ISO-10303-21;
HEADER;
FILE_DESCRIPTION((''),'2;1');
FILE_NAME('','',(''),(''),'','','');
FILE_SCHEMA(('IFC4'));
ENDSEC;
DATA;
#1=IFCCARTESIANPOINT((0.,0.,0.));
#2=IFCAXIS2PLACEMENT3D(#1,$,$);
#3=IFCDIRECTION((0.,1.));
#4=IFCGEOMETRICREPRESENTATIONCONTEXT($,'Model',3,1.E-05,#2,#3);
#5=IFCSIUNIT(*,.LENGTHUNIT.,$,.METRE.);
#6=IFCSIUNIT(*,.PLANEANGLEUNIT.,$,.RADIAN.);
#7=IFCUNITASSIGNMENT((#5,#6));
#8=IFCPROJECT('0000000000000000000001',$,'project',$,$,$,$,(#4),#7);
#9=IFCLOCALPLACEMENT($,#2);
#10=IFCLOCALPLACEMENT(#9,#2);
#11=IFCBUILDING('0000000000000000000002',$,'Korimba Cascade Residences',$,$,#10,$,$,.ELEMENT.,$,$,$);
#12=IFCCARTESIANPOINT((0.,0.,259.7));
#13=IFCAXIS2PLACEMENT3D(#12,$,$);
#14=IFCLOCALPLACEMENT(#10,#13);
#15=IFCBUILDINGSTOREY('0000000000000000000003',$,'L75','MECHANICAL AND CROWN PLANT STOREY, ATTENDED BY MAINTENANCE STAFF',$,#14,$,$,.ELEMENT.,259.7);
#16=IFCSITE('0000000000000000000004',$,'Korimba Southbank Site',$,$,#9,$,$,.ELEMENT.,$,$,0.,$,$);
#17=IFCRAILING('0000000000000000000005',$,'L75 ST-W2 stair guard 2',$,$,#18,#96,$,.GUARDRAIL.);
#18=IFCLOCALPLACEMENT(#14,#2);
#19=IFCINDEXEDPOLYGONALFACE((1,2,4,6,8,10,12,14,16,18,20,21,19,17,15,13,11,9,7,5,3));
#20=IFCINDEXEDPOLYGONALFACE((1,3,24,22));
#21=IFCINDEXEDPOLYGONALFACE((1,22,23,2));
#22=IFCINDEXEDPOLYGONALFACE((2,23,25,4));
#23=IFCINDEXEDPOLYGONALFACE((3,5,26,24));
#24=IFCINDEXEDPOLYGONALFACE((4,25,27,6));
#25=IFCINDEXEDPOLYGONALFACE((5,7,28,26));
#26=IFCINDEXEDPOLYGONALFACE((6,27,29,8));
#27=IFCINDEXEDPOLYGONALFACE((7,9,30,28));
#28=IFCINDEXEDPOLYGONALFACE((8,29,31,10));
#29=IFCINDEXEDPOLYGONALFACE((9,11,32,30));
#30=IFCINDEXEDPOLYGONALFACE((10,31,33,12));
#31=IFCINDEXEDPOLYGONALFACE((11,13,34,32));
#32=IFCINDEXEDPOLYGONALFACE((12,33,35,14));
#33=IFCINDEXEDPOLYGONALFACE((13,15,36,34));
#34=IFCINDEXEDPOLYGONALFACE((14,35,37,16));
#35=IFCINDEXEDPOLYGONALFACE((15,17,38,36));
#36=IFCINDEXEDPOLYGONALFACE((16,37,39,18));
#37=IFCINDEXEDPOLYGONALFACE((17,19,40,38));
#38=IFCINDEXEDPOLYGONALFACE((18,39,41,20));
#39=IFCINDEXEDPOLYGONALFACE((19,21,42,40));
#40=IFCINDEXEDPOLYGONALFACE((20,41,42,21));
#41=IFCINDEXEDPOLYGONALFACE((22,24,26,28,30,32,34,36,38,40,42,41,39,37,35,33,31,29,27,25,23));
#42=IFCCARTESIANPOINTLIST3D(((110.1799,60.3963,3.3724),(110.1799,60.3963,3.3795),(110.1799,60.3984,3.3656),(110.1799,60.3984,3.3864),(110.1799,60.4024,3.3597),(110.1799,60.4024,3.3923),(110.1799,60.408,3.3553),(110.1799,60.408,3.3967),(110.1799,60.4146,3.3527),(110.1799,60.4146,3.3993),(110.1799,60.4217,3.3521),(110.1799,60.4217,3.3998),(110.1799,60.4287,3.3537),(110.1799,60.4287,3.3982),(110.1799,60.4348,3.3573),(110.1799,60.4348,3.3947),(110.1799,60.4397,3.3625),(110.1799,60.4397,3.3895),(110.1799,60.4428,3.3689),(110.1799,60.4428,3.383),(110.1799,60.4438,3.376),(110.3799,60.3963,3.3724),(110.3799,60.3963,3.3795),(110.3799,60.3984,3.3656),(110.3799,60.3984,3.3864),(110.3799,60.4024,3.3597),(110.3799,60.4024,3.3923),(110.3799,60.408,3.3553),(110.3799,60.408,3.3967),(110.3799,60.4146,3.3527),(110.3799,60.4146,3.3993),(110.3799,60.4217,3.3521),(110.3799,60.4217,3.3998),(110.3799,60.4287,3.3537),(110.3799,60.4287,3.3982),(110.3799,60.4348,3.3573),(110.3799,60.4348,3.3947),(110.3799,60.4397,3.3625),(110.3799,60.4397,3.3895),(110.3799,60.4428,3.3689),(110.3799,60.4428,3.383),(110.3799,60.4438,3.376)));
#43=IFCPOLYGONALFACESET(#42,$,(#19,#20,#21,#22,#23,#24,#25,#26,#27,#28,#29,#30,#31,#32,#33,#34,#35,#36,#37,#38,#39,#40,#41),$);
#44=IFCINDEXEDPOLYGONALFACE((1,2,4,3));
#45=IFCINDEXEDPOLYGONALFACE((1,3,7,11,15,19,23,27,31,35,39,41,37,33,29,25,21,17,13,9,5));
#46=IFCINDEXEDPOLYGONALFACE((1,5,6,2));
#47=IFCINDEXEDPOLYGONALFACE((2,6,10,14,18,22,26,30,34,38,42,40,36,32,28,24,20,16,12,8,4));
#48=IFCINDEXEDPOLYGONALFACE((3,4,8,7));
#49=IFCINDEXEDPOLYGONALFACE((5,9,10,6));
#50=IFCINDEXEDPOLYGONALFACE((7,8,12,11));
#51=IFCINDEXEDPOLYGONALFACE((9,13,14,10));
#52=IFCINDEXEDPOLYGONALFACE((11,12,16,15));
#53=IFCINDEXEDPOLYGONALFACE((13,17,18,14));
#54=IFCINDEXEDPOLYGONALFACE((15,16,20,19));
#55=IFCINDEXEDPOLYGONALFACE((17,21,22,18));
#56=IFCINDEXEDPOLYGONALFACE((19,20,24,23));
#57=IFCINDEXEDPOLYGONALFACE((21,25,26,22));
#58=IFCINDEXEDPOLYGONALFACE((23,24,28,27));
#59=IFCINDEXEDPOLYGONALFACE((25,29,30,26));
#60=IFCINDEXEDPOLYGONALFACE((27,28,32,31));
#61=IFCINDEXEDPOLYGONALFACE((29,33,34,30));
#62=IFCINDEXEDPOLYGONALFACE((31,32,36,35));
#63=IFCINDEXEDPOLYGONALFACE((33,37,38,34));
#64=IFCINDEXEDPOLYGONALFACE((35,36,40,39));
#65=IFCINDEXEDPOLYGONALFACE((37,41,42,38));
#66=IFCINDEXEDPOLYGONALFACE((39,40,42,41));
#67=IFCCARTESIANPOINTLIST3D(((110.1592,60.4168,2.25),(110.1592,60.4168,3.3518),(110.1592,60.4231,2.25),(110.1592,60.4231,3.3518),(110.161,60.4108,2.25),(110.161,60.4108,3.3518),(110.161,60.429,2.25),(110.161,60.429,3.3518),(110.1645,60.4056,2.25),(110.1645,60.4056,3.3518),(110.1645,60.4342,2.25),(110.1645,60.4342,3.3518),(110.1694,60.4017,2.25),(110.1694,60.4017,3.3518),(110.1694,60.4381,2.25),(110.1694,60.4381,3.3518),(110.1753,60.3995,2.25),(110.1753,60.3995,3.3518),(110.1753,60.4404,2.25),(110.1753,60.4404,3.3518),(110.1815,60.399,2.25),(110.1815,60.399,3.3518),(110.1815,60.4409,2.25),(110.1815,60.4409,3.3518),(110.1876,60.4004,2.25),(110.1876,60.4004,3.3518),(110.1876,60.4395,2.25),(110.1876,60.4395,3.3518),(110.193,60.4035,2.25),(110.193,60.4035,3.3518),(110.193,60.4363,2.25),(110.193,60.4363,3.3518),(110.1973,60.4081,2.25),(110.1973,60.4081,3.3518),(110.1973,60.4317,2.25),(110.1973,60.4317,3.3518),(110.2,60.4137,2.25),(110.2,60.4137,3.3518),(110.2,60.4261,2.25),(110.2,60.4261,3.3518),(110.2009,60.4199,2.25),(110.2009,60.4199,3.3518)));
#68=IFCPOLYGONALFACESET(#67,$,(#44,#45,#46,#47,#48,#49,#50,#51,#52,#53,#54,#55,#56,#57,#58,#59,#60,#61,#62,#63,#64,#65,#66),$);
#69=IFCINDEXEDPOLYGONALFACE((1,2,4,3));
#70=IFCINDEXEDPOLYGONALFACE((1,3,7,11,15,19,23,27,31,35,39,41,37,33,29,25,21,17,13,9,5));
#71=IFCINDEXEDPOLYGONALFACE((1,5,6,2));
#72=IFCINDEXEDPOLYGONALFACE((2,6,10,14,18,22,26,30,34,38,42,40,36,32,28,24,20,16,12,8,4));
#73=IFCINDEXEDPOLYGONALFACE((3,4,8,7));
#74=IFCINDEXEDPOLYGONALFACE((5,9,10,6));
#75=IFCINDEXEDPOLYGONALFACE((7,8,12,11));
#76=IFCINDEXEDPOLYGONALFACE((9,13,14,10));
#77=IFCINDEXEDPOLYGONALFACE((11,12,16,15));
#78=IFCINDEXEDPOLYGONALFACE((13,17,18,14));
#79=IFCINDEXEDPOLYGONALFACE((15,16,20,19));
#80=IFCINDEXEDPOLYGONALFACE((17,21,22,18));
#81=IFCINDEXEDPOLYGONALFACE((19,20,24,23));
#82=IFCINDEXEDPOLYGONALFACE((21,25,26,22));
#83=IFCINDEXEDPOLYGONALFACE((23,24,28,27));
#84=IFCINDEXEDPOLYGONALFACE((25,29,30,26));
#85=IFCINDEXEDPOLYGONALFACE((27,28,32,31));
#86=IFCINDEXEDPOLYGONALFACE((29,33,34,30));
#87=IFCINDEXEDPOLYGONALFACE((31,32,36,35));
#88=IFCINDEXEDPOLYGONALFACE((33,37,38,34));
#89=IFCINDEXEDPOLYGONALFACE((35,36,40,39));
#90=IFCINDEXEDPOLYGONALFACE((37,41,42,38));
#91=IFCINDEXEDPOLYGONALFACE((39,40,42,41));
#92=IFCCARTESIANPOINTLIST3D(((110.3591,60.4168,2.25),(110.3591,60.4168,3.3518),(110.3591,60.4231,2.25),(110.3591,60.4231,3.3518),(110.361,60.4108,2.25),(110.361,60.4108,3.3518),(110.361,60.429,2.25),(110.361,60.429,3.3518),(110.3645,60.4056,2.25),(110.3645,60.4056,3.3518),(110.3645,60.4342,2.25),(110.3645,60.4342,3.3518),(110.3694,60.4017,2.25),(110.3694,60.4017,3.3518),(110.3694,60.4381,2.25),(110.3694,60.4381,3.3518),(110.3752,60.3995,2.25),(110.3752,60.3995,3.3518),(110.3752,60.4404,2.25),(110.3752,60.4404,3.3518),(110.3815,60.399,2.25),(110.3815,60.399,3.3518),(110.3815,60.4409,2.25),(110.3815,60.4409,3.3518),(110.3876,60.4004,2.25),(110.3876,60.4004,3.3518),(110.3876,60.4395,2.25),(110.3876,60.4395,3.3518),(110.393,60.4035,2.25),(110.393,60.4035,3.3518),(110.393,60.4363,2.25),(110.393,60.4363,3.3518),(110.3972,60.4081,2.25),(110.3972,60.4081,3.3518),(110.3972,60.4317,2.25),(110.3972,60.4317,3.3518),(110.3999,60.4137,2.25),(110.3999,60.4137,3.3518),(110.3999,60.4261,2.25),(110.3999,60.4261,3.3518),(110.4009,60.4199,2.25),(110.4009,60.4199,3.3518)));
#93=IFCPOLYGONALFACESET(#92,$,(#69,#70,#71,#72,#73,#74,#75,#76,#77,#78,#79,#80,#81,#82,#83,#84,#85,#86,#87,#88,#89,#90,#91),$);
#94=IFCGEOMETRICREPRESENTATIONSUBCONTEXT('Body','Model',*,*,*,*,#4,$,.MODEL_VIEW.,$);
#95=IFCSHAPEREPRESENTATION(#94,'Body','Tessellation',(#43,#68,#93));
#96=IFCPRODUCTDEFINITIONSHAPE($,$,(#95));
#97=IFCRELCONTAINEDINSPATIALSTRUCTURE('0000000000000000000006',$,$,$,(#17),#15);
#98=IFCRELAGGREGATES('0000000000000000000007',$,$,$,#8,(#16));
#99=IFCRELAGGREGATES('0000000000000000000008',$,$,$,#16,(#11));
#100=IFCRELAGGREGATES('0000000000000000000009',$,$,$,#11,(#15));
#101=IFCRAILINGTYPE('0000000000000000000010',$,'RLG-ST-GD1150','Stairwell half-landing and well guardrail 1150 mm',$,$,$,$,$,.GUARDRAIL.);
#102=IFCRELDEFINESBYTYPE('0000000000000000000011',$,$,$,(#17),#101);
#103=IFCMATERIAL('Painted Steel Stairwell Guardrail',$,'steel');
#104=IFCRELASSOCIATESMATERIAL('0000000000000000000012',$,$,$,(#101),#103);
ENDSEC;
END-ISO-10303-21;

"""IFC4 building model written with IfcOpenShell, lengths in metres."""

from ifc_helpers import new_model, si_unit, direction, frame, origin, origin_2d, place, context, subcontext, project, spatial, circle, extrude, material, type_object, element, save


model = new_model("IFC4")

# Units and contexts
model_context = context("Model", 3, precision=1e-05, world=origin(), true_north=direction((0.0, 1.0)))
body_context = subcontext(model_context, "Body", "Model", "MODEL_VIEW")
ifc_project = project(units=[si_unit("LENGTHUNIT", "METRE"), si_unit("PLANEANGLEUNIT", "RADIAN")], contexts=[model_context])

# Site, building, storey
site_placement = place(None, origin())
site = spatial("IfcSite", under=ifc_project, at=site_placement, Name="Korimba Southbank Site", CompositionType="ELEMENT", RefElevation=0.0)
building_placement = place(site_placement, origin())
building = spatial("IfcBuilding", under=site, at=building_placement, Name="Korimba Cascade Residences", CompositionType="ELEMENT")
storey_placement = place(building_placement, frame((0.0, 0.0, 259.7)))
storey = spatial("IfcBuildingStorey", under=building, at=storey_placement, Name="L75", Description="MECHANICAL AND CROWN PLANT STOREY, ATTENDED BY MAINTENANCE STAFF", CompositionType="ELEMENT", Elevation=259.7)

# Railing
ifc_material_1 = material(Name="Painted Steel Stairwell Guardrail", Category="steel")
railing_type_1 = type_object("IfcRailingType", Name="RLG-ST-GD1150", Description="Stairwell half-landing and well guardrail 1150 mm", PredefinedType="GUARDRAIL", material=ifc_material_1)
railing_1_placement = place(storey_placement, frame((110.1799, 60.4199, 2.25)))
element("IfcRailing", 1, at=railing_1_placement, inside=storey, type_object=railing_type_1, Name="L75 ST-W2 stair guard 2", PredefinedType="GUARDRAIL", context=body_context, shape_type="SweptSolid", body=[
    extrude(circle(Radius=0.0239, at=origin_2d()), frame((0.0, 0.0, 1.126), z_axis=(1.0, 0.0, 0.0), x_axis=(0.0, 1.0, 0.0)), (0.0, 0.0, 1.0), 0.2),
    extrude(circle(Radius=0.021, at=origin_2d()), origin(), (0.0, 0.0, 1.0), 1.1018),
    extrude(circle(Radius=0.021, at=origin_2d()), frame((0.2, 0.0, 0.0)), (0.0, 0.0, 1.0), 1.1018),
])

save(model, "model.ifc")
